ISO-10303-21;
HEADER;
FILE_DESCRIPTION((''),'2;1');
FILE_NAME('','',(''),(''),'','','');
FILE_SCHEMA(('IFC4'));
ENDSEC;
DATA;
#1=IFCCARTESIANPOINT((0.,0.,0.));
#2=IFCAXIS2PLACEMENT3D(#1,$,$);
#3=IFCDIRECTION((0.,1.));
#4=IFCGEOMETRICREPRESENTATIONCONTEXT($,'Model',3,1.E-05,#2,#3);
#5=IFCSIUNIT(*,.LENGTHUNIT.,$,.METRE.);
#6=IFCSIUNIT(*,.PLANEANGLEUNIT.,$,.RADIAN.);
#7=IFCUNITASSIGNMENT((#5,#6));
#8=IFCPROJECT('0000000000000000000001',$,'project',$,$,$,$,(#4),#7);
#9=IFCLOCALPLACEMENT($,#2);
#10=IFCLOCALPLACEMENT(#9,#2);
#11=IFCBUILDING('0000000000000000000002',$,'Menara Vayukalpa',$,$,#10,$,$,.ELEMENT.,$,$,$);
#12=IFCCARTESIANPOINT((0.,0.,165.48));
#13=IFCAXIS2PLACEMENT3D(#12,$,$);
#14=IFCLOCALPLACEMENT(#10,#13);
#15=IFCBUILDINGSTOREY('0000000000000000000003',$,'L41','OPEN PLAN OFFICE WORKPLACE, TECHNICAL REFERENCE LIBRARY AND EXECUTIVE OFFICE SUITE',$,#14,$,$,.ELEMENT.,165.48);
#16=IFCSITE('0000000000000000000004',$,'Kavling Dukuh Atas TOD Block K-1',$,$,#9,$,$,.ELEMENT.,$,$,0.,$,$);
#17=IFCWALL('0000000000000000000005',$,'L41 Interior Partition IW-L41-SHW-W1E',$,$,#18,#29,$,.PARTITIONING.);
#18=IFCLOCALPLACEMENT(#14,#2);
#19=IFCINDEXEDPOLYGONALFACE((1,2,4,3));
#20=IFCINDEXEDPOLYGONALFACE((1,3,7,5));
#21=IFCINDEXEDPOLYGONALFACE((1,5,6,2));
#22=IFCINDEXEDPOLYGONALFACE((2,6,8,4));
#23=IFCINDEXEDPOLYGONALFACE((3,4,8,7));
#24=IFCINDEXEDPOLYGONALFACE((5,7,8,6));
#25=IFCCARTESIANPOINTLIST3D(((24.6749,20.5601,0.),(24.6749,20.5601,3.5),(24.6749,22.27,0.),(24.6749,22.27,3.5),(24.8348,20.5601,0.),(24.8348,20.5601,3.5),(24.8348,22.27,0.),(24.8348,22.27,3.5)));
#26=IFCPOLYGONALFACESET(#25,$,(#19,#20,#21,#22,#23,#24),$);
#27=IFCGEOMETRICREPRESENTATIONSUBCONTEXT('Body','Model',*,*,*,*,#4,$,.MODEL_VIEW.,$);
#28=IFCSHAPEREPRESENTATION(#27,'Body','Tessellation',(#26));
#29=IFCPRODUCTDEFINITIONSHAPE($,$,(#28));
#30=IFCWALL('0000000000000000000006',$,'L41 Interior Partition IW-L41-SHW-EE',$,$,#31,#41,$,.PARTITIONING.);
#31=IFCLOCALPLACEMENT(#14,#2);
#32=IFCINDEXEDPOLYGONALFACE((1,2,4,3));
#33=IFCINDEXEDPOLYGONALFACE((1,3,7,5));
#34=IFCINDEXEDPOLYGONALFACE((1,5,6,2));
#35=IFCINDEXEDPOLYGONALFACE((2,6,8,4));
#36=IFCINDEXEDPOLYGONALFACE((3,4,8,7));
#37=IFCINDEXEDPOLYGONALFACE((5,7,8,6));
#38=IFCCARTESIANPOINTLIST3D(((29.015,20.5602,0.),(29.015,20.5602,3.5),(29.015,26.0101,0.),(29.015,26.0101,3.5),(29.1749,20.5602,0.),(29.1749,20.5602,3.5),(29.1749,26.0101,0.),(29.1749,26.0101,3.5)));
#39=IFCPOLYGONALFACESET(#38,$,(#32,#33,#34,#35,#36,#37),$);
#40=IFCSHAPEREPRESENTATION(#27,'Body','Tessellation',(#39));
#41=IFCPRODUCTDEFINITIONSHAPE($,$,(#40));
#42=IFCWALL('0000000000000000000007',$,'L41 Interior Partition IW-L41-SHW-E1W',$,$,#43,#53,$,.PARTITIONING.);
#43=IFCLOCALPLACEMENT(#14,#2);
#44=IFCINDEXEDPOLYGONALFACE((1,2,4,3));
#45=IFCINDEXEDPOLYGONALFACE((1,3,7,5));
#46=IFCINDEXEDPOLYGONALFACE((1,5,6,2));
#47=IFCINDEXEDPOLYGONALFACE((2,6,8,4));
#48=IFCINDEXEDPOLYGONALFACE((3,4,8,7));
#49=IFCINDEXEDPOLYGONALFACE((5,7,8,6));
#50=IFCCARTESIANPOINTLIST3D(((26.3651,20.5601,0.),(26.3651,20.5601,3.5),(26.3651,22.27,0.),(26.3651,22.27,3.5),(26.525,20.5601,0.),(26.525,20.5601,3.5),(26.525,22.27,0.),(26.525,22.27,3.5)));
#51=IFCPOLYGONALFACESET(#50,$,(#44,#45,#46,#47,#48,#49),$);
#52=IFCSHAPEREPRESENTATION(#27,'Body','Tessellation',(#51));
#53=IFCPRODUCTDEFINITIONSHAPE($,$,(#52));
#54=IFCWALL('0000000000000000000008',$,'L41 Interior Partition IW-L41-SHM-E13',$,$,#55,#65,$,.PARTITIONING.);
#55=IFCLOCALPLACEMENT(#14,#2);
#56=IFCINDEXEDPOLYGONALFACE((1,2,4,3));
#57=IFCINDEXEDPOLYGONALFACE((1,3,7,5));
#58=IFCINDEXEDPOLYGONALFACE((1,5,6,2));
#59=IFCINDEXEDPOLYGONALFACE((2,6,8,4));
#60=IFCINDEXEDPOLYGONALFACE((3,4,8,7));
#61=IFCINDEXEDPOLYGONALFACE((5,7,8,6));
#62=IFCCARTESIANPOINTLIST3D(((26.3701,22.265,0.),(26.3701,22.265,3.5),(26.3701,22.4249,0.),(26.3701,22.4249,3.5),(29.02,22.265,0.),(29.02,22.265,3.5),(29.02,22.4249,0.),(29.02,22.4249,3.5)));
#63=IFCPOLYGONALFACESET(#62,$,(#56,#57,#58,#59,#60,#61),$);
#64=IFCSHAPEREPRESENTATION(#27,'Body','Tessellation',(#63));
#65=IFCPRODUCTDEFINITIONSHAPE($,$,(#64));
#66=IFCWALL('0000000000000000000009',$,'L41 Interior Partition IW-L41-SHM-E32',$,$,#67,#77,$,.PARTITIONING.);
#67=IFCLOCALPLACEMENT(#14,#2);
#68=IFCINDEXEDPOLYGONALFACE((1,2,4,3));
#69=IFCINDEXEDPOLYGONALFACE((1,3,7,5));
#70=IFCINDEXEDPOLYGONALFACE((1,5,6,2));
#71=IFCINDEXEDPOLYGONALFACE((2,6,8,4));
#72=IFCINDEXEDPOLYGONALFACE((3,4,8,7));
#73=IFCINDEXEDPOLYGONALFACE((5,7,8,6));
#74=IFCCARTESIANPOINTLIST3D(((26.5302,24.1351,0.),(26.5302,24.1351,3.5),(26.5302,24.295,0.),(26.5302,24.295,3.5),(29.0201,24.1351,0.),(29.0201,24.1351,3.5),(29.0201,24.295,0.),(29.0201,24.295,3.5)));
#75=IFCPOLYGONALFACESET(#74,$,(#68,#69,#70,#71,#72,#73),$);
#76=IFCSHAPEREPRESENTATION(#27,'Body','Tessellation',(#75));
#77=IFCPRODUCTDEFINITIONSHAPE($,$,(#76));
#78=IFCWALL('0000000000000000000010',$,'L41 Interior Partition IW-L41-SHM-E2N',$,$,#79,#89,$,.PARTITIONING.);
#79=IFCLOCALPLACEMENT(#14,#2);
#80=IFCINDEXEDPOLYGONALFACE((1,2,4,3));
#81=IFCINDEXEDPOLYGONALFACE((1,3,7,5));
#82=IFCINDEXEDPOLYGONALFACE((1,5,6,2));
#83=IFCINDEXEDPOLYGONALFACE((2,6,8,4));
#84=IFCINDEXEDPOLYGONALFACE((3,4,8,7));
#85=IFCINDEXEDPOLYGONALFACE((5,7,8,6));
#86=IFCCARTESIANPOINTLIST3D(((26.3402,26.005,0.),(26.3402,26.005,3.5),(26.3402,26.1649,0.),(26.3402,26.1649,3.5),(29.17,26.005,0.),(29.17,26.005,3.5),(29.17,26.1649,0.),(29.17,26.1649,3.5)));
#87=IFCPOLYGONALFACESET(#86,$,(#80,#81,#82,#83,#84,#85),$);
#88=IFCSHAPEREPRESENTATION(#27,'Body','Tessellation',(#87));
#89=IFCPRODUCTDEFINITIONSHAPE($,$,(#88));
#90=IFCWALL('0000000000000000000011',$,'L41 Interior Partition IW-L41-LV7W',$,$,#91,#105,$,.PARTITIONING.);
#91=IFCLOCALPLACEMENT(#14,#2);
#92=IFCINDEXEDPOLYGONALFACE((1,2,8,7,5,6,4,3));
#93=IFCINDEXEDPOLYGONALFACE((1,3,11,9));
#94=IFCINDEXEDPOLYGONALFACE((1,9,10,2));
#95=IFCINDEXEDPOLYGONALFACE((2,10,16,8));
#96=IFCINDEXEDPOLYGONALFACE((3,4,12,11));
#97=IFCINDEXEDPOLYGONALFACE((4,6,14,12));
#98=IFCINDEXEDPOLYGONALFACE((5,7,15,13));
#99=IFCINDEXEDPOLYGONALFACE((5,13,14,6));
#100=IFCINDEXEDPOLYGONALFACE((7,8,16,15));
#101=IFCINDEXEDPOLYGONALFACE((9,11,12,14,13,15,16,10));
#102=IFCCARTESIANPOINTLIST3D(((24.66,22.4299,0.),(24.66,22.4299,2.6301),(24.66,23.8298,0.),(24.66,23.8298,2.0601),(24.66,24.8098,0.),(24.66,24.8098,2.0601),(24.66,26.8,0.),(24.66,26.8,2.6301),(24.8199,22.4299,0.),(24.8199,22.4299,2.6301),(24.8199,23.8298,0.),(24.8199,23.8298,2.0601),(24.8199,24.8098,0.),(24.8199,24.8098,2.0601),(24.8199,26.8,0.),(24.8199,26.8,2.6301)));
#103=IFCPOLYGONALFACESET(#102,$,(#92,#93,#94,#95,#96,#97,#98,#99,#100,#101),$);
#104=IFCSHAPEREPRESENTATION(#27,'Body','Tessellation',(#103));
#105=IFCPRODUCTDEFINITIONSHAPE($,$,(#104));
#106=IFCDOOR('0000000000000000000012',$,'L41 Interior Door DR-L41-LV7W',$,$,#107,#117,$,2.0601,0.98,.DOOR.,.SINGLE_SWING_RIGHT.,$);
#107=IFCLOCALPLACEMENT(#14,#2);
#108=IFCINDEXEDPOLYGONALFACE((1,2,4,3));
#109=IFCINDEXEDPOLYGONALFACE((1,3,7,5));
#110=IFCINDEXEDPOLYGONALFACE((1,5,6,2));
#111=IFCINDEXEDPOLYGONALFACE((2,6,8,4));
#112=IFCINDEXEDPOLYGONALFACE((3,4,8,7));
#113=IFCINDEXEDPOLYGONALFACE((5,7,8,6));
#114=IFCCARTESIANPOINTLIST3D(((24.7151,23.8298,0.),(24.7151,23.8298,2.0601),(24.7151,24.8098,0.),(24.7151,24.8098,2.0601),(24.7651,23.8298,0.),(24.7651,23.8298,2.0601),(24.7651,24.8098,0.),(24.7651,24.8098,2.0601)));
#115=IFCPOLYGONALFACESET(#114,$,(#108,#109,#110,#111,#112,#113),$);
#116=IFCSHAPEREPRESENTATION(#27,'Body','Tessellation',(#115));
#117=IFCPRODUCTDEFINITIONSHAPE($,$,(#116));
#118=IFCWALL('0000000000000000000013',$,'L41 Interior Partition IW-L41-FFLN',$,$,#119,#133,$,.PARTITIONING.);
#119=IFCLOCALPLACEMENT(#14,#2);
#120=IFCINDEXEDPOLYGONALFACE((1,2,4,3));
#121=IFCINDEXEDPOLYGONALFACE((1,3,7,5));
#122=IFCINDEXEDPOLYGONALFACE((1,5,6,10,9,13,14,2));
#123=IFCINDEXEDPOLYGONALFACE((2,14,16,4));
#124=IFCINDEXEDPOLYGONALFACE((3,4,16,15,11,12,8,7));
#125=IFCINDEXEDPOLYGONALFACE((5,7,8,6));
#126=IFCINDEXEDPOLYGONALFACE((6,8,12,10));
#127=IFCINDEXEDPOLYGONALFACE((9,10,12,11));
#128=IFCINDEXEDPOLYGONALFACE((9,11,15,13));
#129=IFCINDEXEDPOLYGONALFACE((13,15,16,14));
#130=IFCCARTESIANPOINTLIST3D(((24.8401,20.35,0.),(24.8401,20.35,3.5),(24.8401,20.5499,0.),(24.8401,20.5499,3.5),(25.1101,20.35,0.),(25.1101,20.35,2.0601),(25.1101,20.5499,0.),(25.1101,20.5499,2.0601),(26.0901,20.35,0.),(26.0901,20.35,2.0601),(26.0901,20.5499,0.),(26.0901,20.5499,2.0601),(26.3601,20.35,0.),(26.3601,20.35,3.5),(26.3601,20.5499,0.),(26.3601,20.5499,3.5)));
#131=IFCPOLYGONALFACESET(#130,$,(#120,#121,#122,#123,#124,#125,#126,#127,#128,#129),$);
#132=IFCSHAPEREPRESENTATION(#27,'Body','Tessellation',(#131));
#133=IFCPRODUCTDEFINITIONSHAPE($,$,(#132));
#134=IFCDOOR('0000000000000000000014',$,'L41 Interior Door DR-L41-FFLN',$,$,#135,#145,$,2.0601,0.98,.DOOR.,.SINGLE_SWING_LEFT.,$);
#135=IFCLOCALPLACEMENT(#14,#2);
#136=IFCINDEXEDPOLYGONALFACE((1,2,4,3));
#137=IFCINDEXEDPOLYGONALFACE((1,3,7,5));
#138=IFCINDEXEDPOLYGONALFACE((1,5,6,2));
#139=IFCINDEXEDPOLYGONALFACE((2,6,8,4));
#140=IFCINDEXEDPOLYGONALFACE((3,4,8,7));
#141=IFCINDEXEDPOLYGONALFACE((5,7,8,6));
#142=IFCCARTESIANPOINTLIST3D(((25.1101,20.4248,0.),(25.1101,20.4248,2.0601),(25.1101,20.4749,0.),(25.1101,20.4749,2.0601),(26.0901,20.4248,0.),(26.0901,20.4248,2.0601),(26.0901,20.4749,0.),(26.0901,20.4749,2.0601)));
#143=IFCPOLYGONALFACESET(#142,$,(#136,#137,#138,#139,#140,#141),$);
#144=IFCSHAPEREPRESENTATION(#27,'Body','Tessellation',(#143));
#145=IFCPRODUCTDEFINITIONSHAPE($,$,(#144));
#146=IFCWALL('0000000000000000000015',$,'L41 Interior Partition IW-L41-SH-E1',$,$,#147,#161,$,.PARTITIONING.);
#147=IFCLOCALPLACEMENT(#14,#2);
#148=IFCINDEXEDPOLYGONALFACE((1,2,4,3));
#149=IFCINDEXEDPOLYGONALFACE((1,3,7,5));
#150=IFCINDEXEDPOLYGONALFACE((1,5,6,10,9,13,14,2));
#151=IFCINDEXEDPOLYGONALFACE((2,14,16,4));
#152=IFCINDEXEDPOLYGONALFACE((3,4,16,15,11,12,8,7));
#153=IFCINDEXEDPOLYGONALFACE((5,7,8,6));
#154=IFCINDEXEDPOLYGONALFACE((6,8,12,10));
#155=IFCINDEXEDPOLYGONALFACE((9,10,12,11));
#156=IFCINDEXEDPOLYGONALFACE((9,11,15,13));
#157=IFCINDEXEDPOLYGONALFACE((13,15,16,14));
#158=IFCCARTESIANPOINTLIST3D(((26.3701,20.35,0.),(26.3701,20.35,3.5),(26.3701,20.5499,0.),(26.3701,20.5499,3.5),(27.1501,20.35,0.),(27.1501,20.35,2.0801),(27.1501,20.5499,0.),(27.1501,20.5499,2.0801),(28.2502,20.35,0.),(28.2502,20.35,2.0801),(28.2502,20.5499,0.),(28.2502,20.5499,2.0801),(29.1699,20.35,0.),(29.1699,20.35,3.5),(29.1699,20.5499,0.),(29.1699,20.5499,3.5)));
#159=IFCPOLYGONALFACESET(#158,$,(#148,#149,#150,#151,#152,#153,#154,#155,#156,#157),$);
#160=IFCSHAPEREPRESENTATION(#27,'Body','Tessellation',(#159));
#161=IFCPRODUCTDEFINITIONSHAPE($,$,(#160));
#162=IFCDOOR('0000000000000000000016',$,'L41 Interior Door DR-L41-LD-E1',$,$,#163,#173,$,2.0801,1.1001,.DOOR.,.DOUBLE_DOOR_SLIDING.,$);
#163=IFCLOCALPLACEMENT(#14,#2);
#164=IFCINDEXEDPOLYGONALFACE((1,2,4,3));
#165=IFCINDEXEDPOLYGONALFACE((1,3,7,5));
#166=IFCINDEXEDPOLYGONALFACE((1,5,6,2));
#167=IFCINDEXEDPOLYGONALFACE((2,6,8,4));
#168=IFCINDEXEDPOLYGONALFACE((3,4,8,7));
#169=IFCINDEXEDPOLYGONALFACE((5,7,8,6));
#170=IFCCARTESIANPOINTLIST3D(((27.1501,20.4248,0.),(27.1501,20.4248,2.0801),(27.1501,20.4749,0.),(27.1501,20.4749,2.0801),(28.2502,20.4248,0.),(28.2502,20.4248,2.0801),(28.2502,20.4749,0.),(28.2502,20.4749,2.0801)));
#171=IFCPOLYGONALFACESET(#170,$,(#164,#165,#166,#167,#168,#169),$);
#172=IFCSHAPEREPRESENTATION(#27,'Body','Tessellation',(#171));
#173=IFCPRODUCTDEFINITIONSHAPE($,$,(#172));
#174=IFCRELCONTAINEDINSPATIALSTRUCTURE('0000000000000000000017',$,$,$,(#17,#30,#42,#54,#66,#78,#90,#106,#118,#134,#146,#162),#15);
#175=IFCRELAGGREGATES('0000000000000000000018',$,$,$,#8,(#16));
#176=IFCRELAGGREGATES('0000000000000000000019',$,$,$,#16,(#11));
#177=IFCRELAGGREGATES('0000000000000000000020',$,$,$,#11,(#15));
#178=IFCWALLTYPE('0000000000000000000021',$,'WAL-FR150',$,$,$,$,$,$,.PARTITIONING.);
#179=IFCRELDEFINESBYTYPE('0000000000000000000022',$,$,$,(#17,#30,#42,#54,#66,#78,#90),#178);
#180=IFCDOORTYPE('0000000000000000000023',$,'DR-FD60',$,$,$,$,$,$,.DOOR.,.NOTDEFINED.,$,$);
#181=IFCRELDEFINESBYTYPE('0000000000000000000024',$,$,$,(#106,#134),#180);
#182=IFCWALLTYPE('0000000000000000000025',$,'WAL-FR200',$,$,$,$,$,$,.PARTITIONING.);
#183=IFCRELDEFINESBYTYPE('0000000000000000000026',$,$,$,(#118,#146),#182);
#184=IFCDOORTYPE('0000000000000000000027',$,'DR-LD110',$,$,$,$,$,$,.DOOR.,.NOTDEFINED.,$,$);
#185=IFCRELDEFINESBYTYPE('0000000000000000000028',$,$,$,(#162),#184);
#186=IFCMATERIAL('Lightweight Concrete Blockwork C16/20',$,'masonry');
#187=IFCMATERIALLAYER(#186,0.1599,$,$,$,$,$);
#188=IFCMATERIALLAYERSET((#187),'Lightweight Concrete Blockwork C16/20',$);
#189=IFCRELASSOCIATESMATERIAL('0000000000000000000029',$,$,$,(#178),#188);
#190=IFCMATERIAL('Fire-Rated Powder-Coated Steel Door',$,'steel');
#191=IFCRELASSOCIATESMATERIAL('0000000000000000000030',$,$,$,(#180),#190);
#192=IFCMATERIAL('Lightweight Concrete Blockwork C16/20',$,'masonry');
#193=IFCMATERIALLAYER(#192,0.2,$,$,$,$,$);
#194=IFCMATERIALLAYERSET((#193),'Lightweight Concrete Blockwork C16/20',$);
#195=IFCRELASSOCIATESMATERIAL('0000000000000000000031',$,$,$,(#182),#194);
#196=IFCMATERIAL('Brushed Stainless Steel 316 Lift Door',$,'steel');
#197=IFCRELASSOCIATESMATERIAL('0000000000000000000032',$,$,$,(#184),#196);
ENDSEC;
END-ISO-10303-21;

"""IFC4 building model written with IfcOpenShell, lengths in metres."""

from ifc_helpers import new_model, si_unit, direction, frame, frame_2d, origin, place, context, subcontext, project, spatial, rectangle, extrude, material, layer, layer_set, type_object, element, fill, save


model = new_model("IFC4")

# Units and contexts
model_context = context("Model", 3, precision=1e-05, world=origin(), true_north=direction((0.0, 1.0)))
body_context = subcontext(model_context, "Body", "Model", "MODEL_VIEW")
ifc_project = project(units=[si_unit("LENGTHUNIT", "METRE"), si_unit("PLANEANGLEUNIT", "RADIAN")], contexts=[model_context])

# Site, building, storey
site_placement = place(None, origin())
site = spatial("IfcSite", under=ifc_project, at=site_placement, Name="Kavling Dukuh Atas TOD Block K-1", CompositionType="ELEMENT", RefElevation=0.0)
building_placement = place(site_placement, origin())
building = spatial("IfcBuilding", under=site, at=building_placement, Name="Menara Vayukalpa", CompositionType="ELEMENT")
storey_placement = place(building_placement, frame((0.0, 0.0, 165.48)))
storey = spatial("IfcBuildingStorey", under=building, at=storey_placement, Name="L41", Description="OPEN PLAN OFFICE WORKPLACE, TECHNICAL REFERENCE LIBRARY AND EXECUTIVE OFFICE SUITE", CompositionType="ELEMENT", Elevation=165.48)

# Walls
ifc_material_1 = material(Name="Lightweight Concrete Blockwork C16/20", Category="masonry")
ifc_layer_1 = layer(ifc_material_1, 0.1599)
ifc_layer_set_1 = layer_set([ifc_layer_1], Name="Lightweight Concrete Blockwork C16/20")
wall_type_1 = type_object("IfcWallType", Name="WAL-FR150", PredefinedType="PARTITIONING", material=ifc_layer_set_1)
wall_1_placement = place(storey_placement, frame((24.7549, 20.5601, 0.0), z_axis=(0.0, 0.0, 1.0), x_axis=(0.0, 1.0, 0.0)))
element("IfcWall", 1, at=wall_1_placement, inside=storey, type_object=wall_type_1, Name="L41 Interior Partition IW-L41-SHW-W1E", PredefinedType="PARTITIONING", context=body_context, shape_type="SweptSolid", body=[
    extrude(rectangle(XDim=1.71, YDim=0.1599, at=frame_2d((0.855, 0.0))), origin(), (0.0, 0.0, 1.0), 3.5),
])
wall_2_placement = place(storey_placement, frame((29.095, 20.5601, 0.0), z_axis=(0.0, 0.0, 1.0), x_axis=(0.0, 1.0, 0.0)))
element("IfcWall", 2, at=wall_2_placement, inside=storey, type_object=wall_type_1, Name="L41 Interior Partition IW-L41-SHW-EE", PredefinedType="PARTITIONING", context=body_context, shape_type="SweptSolid", body=[
    extrude(rectangle(XDim=5.45, YDim=0.1599, at=frame_2d((2.7251, 0.0))), origin(), (0.0, 0.0, 1.0), 3.5),
])
wall_3_placement = place(storey_placement, frame((26.4451, 20.5601, 0.0), z_axis=(0.0, 0.0, 1.0), x_axis=(0.0, 1.0, 0.0)))
element("IfcWall", 3, at=wall_3_placement, inside=storey, type_object=wall_type_1, Name="L41 Interior Partition IW-L41-SHW-E1W", PredefinedType="PARTITIONING", context=body_context, shape_type="SweptSolid", body=[
    extrude(rectangle(XDim=1.71, YDim=0.1599, at=frame_2d((0.855, 0.0))), origin(), (0.0, 0.0, 1.0), 3.5),
])
wall_4_placement = place(storey_placement, frame((26.3701, 22.345, 0.0), z_axis=(0.0, 0.0, 1.0), x_axis=(1.0, 0.0, 0.0)))
element("IfcWall", 4, at=wall_4_placement, inside=storey, type_object=wall_type_1, Name="L41 Interior Partition IW-L41-SHM-E13", PredefinedType="PARTITIONING", context=body_context, shape_type="SweptSolid", body=[
    extrude(rectangle(XDim=2.6499, YDim=0.1599, at=frame_2d((1.325, 0.0))), origin(), (0.0, 0.0, 1.0), 3.5),
])
wall_5_placement = place(storey_placement, frame((26.53, 24.2151, 0.0), z_axis=(0.0, 0.0, 1.0), x_axis=(1.0, 0.0, 0.0)))
element("IfcWall", 5, at=wall_5_placement, inside=storey, type_object=wall_type_1, Name="L41 Interior Partition IW-L41-SHM-E32", PredefinedType="PARTITIONING", context=body_context, shape_type="SweptSolid", body=[
    extrude(rectangle(XDim=2.49, YDim=0.1599, at=frame_2d((1.2451, 0.0))), origin(), (0.0, 0.0, 1.0), 3.5),
])
wall_6_placement = place(storey_placement, frame((26.3401, 26.085, 0.0), z_axis=(0.0, 0.0, 1.0), x_axis=(1.0, 0.0, 0.0)))
element("IfcWall", 6, at=wall_6_placement, inside=storey, type_object=wall_type_1, Name="L41 Interior Partition IW-L41-SHM-E2N", PredefinedType="PARTITIONING", context=body_context, shape_type="SweptSolid", body=[
    extrude(rectangle(XDim=2.8298, YDim=0.1599, at=frame_2d((1.415, 0.0))), origin(), (0.0, 0.0, 1.0), 3.5),
])

# Walls, openings, doors
wall_7_placement = place(storey_placement, frame((24.74, 22.4299, 0.0), z_axis=(0.0, 0.0, 1.0), x_axis=(0.0, 1.0, 0.0)))
wall_7 = element("IfcWall", 7, at=wall_7_placement, inside=storey, type_object=wall_type_1, Name="L41 Interior Partition IW-L41-LV7W", PredefinedType="PARTITIONING", context=body_context, shape_type="SweptSolid", body=[
    extrude(rectangle(XDim=4.3701, YDim=0.1599, at=frame_2d((2.1851, 0.0))), origin(), (0.0, 0.0, 1.0), 2.6301),
])
opening_1_placement = place(wall_7_placement, frame((1.3999, 0.0, 0.0)))
opening_1 = element("IfcOpeningElement", 8, at=opening_1_placement, cuts=wall_7, PredefinedType="OPENING", context=body_context, shape_type="SweptSolid", body=[
    extrude(rectangle(XDim=0.98, YDim=2.0601, at=frame_2d((0.49, 1.03))), frame((0.0, 0.0898, 0.0), z_axis=(0.0, -1.0, 0.0), x_axis=(1.0, 0.0, 0.0)), (0.0, 0.0, 1.0), 0.1799),
])
ifc_material_2 = material(Name="Fire-Rated Powder-Coated Steel Door", Category="steel")
door_type_1 = type_object("IfcDoorType", Name="DR-FD60", OperationType="NOTDEFINED", PredefinedType="DOOR", material=ifc_material_2)
door_1_placement = place(opening_1_placement, origin())
door_1 = element("IfcDoor", 9, at=door_1_placement, inside=storey, type_object=door_type_1, Name="L41 Interior Door DR-L41-LV7W", OperationType="SINGLE_SWING_RIGHT", OverallHeight=2.0601, OverallWidth=0.98, PredefinedType="DOOR", context=body_context, shape_type="SweptSolid", body=[
    extrude(rectangle(XDim=0.98, YDim=2.0601, at=frame_2d((0.49, 1.03))), frame((0.0, 0.0249, 0.0), z_axis=(0.0, -1.0, 0.0), x_axis=(1.0, 0.0, 0.0)), (0.0, 0.0, 1.0), 0.05),
])
fill(opening_1, door_1)
ifc_material_3 = material(Name="Lightweight Concrete Blockwork C16/20", Category="masonry")
ifc_layer_2 = layer(ifc_material_3, 0.2)
ifc_layer_set_2 = layer_set([ifc_layer_2], Name="Lightweight Concrete Blockwork C16/20")
wall_type_2 = type_object("IfcWallType", Name="WAL-FR200", PredefinedType="PARTITIONING", material=ifc_layer_set_2)
wall_8_placement = place(storey_placement, frame((24.8401, 20.45, 0.0), z_axis=(0.0, 0.0, 1.0), x_axis=(1.0, 0.0, 0.0)))
wall_8 = element("IfcWall", 10, at=wall_8_placement, inside=storey, type_object=wall_type_2, Name="L41 Interior Partition IW-L41-FFLN", PredefinedType="PARTITIONING", context=body_context, shape_type="SweptSolid", body=[
    extrude(rectangle(XDim=1.52, YDim=0.2, at=frame_2d((0.76, 0.0))), origin(), (0.0, 0.0, 1.0), 3.5),
])
opening_2_placement = place(wall_8_placement, frame((0.27, 0.0, 0.0)))
opening_2 = element("IfcOpeningElement", 11, at=opening_2_placement, cuts=wall_8, PredefinedType="OPENING", context=body_context, shape_type="SweptSolid", body=[
    extrude(rectangle(XDim=0.98, YDim=2.0601, at=frame_2d((0.49, 1.03))), frame((0.0, 0.1099, 0.0), z_axis=(0.0, -1.0, 0.0), x_axis=(1.0, 0.0, 0.0)), (0.0, 0.0, 1.0), 0.22),
])
door_2_placement = place(opening_2_placement, origin())
door_2 = element("IfcDoor", 12, at=door_2_placement, inside=storey, type_object=door_type_1, Name="L41 Interior Door DR-L41-FFLN", OperationType="SINGLE_SWING_LEFT", OverallHeight=2.0601, OverallWidth=0.98, PredefinedType="DOOR", context=body_context, shape_type="SweptSolid", body=[
    extrude(rectangle(XDim=0.98, YDim=2.0601, at=frame_2d((0.49, 1.03))), frame((0.0, 0.0249, 0.0), z_axis=(0.0, -1.0, 0.0), x_axis=(1.0, 0.0, 0.0)), (0.0, 0.0, 1.0), 0.05),
])
fill(opening_2, door_2)
wall_9_placement = place(storey_placement, frame((26.3701, 20.45, 0.0), z_axis=(0.0, 0.0, 1.0), x_axis=(1.0, 0.0, 0.0)))
wall_9 = element("IfcWall", 13, at=wall_9_placement, inside=storey, type_object=wall_type_2, Name="L41 Interior Partition IW-L41-SH-E1", PredefinedType="PARTITIONING", context=body_context, shape_type="SweptSolid", body=[
    extrude(rectangle(XDim=2.7998, YDim=0.2, at=frame_2d((1.3999, 0.0))), origin(), (0.0, 0.0, 1.0), 3.5),
])
opening_3_placement = place(wall_9_placement, frame((0.78, 0.0, 0.0)))
opening_3 = element("IfcOpeningElement", 14, at=opening_3_placement, cuts=wall_9, PredefinedType="OPENING", context=body_context, shape_type="SweptSolid", body=[
    extrude(rectangle(XDim=1.1001, YDim=2.0801, at=frame_2d((0.55, 1.04))), frame((0.0, 0.1099, 0.0), z_axis=(0.0, -1.0, 0.0), x_axis=(1.0, 0.0, 0.0)), (0.0, 0.0, 1.0), 0.22),
])
ifc_material_4 = material(Name="Brushed Stainless Steel 316 Lift Door", Category="steel")
door_type_2 = type_object("IfcDoorType", Name="DR-LD110", OperationType="NOTDEFINED", PredefinedType="DOOR", material=ifc_material_4)
door_3_placement = place(opening_3_placement, origin())
door_3 = element("IfcDoor", 15, at=door_3_placement, inside=storey, type_object=door_type_2, Name="L41 Interior Door DR-L41-LD-E1", OperationType="DOUBLE_DOOR_SLIDING", OverallHeight=2.0801, OverallWidth=1.1001, PredefinedType="DOOR", context=body_context, shape_type="SweptSolid", body=[
    extrude(rectangle(XDim=1.1001, YDim=2.0801, at=frame_2d((0.55, 1.04))), frame((0.0, 0.0249, 0.0), z_axis=(0.0, -1.0, 0.0), x_axis=(1.0, 0.0, 0.0)), (0.0, 0.0, 1.0), 0.05),
])
fill(opening_3, door_3)

save(model, "model.ifc")
